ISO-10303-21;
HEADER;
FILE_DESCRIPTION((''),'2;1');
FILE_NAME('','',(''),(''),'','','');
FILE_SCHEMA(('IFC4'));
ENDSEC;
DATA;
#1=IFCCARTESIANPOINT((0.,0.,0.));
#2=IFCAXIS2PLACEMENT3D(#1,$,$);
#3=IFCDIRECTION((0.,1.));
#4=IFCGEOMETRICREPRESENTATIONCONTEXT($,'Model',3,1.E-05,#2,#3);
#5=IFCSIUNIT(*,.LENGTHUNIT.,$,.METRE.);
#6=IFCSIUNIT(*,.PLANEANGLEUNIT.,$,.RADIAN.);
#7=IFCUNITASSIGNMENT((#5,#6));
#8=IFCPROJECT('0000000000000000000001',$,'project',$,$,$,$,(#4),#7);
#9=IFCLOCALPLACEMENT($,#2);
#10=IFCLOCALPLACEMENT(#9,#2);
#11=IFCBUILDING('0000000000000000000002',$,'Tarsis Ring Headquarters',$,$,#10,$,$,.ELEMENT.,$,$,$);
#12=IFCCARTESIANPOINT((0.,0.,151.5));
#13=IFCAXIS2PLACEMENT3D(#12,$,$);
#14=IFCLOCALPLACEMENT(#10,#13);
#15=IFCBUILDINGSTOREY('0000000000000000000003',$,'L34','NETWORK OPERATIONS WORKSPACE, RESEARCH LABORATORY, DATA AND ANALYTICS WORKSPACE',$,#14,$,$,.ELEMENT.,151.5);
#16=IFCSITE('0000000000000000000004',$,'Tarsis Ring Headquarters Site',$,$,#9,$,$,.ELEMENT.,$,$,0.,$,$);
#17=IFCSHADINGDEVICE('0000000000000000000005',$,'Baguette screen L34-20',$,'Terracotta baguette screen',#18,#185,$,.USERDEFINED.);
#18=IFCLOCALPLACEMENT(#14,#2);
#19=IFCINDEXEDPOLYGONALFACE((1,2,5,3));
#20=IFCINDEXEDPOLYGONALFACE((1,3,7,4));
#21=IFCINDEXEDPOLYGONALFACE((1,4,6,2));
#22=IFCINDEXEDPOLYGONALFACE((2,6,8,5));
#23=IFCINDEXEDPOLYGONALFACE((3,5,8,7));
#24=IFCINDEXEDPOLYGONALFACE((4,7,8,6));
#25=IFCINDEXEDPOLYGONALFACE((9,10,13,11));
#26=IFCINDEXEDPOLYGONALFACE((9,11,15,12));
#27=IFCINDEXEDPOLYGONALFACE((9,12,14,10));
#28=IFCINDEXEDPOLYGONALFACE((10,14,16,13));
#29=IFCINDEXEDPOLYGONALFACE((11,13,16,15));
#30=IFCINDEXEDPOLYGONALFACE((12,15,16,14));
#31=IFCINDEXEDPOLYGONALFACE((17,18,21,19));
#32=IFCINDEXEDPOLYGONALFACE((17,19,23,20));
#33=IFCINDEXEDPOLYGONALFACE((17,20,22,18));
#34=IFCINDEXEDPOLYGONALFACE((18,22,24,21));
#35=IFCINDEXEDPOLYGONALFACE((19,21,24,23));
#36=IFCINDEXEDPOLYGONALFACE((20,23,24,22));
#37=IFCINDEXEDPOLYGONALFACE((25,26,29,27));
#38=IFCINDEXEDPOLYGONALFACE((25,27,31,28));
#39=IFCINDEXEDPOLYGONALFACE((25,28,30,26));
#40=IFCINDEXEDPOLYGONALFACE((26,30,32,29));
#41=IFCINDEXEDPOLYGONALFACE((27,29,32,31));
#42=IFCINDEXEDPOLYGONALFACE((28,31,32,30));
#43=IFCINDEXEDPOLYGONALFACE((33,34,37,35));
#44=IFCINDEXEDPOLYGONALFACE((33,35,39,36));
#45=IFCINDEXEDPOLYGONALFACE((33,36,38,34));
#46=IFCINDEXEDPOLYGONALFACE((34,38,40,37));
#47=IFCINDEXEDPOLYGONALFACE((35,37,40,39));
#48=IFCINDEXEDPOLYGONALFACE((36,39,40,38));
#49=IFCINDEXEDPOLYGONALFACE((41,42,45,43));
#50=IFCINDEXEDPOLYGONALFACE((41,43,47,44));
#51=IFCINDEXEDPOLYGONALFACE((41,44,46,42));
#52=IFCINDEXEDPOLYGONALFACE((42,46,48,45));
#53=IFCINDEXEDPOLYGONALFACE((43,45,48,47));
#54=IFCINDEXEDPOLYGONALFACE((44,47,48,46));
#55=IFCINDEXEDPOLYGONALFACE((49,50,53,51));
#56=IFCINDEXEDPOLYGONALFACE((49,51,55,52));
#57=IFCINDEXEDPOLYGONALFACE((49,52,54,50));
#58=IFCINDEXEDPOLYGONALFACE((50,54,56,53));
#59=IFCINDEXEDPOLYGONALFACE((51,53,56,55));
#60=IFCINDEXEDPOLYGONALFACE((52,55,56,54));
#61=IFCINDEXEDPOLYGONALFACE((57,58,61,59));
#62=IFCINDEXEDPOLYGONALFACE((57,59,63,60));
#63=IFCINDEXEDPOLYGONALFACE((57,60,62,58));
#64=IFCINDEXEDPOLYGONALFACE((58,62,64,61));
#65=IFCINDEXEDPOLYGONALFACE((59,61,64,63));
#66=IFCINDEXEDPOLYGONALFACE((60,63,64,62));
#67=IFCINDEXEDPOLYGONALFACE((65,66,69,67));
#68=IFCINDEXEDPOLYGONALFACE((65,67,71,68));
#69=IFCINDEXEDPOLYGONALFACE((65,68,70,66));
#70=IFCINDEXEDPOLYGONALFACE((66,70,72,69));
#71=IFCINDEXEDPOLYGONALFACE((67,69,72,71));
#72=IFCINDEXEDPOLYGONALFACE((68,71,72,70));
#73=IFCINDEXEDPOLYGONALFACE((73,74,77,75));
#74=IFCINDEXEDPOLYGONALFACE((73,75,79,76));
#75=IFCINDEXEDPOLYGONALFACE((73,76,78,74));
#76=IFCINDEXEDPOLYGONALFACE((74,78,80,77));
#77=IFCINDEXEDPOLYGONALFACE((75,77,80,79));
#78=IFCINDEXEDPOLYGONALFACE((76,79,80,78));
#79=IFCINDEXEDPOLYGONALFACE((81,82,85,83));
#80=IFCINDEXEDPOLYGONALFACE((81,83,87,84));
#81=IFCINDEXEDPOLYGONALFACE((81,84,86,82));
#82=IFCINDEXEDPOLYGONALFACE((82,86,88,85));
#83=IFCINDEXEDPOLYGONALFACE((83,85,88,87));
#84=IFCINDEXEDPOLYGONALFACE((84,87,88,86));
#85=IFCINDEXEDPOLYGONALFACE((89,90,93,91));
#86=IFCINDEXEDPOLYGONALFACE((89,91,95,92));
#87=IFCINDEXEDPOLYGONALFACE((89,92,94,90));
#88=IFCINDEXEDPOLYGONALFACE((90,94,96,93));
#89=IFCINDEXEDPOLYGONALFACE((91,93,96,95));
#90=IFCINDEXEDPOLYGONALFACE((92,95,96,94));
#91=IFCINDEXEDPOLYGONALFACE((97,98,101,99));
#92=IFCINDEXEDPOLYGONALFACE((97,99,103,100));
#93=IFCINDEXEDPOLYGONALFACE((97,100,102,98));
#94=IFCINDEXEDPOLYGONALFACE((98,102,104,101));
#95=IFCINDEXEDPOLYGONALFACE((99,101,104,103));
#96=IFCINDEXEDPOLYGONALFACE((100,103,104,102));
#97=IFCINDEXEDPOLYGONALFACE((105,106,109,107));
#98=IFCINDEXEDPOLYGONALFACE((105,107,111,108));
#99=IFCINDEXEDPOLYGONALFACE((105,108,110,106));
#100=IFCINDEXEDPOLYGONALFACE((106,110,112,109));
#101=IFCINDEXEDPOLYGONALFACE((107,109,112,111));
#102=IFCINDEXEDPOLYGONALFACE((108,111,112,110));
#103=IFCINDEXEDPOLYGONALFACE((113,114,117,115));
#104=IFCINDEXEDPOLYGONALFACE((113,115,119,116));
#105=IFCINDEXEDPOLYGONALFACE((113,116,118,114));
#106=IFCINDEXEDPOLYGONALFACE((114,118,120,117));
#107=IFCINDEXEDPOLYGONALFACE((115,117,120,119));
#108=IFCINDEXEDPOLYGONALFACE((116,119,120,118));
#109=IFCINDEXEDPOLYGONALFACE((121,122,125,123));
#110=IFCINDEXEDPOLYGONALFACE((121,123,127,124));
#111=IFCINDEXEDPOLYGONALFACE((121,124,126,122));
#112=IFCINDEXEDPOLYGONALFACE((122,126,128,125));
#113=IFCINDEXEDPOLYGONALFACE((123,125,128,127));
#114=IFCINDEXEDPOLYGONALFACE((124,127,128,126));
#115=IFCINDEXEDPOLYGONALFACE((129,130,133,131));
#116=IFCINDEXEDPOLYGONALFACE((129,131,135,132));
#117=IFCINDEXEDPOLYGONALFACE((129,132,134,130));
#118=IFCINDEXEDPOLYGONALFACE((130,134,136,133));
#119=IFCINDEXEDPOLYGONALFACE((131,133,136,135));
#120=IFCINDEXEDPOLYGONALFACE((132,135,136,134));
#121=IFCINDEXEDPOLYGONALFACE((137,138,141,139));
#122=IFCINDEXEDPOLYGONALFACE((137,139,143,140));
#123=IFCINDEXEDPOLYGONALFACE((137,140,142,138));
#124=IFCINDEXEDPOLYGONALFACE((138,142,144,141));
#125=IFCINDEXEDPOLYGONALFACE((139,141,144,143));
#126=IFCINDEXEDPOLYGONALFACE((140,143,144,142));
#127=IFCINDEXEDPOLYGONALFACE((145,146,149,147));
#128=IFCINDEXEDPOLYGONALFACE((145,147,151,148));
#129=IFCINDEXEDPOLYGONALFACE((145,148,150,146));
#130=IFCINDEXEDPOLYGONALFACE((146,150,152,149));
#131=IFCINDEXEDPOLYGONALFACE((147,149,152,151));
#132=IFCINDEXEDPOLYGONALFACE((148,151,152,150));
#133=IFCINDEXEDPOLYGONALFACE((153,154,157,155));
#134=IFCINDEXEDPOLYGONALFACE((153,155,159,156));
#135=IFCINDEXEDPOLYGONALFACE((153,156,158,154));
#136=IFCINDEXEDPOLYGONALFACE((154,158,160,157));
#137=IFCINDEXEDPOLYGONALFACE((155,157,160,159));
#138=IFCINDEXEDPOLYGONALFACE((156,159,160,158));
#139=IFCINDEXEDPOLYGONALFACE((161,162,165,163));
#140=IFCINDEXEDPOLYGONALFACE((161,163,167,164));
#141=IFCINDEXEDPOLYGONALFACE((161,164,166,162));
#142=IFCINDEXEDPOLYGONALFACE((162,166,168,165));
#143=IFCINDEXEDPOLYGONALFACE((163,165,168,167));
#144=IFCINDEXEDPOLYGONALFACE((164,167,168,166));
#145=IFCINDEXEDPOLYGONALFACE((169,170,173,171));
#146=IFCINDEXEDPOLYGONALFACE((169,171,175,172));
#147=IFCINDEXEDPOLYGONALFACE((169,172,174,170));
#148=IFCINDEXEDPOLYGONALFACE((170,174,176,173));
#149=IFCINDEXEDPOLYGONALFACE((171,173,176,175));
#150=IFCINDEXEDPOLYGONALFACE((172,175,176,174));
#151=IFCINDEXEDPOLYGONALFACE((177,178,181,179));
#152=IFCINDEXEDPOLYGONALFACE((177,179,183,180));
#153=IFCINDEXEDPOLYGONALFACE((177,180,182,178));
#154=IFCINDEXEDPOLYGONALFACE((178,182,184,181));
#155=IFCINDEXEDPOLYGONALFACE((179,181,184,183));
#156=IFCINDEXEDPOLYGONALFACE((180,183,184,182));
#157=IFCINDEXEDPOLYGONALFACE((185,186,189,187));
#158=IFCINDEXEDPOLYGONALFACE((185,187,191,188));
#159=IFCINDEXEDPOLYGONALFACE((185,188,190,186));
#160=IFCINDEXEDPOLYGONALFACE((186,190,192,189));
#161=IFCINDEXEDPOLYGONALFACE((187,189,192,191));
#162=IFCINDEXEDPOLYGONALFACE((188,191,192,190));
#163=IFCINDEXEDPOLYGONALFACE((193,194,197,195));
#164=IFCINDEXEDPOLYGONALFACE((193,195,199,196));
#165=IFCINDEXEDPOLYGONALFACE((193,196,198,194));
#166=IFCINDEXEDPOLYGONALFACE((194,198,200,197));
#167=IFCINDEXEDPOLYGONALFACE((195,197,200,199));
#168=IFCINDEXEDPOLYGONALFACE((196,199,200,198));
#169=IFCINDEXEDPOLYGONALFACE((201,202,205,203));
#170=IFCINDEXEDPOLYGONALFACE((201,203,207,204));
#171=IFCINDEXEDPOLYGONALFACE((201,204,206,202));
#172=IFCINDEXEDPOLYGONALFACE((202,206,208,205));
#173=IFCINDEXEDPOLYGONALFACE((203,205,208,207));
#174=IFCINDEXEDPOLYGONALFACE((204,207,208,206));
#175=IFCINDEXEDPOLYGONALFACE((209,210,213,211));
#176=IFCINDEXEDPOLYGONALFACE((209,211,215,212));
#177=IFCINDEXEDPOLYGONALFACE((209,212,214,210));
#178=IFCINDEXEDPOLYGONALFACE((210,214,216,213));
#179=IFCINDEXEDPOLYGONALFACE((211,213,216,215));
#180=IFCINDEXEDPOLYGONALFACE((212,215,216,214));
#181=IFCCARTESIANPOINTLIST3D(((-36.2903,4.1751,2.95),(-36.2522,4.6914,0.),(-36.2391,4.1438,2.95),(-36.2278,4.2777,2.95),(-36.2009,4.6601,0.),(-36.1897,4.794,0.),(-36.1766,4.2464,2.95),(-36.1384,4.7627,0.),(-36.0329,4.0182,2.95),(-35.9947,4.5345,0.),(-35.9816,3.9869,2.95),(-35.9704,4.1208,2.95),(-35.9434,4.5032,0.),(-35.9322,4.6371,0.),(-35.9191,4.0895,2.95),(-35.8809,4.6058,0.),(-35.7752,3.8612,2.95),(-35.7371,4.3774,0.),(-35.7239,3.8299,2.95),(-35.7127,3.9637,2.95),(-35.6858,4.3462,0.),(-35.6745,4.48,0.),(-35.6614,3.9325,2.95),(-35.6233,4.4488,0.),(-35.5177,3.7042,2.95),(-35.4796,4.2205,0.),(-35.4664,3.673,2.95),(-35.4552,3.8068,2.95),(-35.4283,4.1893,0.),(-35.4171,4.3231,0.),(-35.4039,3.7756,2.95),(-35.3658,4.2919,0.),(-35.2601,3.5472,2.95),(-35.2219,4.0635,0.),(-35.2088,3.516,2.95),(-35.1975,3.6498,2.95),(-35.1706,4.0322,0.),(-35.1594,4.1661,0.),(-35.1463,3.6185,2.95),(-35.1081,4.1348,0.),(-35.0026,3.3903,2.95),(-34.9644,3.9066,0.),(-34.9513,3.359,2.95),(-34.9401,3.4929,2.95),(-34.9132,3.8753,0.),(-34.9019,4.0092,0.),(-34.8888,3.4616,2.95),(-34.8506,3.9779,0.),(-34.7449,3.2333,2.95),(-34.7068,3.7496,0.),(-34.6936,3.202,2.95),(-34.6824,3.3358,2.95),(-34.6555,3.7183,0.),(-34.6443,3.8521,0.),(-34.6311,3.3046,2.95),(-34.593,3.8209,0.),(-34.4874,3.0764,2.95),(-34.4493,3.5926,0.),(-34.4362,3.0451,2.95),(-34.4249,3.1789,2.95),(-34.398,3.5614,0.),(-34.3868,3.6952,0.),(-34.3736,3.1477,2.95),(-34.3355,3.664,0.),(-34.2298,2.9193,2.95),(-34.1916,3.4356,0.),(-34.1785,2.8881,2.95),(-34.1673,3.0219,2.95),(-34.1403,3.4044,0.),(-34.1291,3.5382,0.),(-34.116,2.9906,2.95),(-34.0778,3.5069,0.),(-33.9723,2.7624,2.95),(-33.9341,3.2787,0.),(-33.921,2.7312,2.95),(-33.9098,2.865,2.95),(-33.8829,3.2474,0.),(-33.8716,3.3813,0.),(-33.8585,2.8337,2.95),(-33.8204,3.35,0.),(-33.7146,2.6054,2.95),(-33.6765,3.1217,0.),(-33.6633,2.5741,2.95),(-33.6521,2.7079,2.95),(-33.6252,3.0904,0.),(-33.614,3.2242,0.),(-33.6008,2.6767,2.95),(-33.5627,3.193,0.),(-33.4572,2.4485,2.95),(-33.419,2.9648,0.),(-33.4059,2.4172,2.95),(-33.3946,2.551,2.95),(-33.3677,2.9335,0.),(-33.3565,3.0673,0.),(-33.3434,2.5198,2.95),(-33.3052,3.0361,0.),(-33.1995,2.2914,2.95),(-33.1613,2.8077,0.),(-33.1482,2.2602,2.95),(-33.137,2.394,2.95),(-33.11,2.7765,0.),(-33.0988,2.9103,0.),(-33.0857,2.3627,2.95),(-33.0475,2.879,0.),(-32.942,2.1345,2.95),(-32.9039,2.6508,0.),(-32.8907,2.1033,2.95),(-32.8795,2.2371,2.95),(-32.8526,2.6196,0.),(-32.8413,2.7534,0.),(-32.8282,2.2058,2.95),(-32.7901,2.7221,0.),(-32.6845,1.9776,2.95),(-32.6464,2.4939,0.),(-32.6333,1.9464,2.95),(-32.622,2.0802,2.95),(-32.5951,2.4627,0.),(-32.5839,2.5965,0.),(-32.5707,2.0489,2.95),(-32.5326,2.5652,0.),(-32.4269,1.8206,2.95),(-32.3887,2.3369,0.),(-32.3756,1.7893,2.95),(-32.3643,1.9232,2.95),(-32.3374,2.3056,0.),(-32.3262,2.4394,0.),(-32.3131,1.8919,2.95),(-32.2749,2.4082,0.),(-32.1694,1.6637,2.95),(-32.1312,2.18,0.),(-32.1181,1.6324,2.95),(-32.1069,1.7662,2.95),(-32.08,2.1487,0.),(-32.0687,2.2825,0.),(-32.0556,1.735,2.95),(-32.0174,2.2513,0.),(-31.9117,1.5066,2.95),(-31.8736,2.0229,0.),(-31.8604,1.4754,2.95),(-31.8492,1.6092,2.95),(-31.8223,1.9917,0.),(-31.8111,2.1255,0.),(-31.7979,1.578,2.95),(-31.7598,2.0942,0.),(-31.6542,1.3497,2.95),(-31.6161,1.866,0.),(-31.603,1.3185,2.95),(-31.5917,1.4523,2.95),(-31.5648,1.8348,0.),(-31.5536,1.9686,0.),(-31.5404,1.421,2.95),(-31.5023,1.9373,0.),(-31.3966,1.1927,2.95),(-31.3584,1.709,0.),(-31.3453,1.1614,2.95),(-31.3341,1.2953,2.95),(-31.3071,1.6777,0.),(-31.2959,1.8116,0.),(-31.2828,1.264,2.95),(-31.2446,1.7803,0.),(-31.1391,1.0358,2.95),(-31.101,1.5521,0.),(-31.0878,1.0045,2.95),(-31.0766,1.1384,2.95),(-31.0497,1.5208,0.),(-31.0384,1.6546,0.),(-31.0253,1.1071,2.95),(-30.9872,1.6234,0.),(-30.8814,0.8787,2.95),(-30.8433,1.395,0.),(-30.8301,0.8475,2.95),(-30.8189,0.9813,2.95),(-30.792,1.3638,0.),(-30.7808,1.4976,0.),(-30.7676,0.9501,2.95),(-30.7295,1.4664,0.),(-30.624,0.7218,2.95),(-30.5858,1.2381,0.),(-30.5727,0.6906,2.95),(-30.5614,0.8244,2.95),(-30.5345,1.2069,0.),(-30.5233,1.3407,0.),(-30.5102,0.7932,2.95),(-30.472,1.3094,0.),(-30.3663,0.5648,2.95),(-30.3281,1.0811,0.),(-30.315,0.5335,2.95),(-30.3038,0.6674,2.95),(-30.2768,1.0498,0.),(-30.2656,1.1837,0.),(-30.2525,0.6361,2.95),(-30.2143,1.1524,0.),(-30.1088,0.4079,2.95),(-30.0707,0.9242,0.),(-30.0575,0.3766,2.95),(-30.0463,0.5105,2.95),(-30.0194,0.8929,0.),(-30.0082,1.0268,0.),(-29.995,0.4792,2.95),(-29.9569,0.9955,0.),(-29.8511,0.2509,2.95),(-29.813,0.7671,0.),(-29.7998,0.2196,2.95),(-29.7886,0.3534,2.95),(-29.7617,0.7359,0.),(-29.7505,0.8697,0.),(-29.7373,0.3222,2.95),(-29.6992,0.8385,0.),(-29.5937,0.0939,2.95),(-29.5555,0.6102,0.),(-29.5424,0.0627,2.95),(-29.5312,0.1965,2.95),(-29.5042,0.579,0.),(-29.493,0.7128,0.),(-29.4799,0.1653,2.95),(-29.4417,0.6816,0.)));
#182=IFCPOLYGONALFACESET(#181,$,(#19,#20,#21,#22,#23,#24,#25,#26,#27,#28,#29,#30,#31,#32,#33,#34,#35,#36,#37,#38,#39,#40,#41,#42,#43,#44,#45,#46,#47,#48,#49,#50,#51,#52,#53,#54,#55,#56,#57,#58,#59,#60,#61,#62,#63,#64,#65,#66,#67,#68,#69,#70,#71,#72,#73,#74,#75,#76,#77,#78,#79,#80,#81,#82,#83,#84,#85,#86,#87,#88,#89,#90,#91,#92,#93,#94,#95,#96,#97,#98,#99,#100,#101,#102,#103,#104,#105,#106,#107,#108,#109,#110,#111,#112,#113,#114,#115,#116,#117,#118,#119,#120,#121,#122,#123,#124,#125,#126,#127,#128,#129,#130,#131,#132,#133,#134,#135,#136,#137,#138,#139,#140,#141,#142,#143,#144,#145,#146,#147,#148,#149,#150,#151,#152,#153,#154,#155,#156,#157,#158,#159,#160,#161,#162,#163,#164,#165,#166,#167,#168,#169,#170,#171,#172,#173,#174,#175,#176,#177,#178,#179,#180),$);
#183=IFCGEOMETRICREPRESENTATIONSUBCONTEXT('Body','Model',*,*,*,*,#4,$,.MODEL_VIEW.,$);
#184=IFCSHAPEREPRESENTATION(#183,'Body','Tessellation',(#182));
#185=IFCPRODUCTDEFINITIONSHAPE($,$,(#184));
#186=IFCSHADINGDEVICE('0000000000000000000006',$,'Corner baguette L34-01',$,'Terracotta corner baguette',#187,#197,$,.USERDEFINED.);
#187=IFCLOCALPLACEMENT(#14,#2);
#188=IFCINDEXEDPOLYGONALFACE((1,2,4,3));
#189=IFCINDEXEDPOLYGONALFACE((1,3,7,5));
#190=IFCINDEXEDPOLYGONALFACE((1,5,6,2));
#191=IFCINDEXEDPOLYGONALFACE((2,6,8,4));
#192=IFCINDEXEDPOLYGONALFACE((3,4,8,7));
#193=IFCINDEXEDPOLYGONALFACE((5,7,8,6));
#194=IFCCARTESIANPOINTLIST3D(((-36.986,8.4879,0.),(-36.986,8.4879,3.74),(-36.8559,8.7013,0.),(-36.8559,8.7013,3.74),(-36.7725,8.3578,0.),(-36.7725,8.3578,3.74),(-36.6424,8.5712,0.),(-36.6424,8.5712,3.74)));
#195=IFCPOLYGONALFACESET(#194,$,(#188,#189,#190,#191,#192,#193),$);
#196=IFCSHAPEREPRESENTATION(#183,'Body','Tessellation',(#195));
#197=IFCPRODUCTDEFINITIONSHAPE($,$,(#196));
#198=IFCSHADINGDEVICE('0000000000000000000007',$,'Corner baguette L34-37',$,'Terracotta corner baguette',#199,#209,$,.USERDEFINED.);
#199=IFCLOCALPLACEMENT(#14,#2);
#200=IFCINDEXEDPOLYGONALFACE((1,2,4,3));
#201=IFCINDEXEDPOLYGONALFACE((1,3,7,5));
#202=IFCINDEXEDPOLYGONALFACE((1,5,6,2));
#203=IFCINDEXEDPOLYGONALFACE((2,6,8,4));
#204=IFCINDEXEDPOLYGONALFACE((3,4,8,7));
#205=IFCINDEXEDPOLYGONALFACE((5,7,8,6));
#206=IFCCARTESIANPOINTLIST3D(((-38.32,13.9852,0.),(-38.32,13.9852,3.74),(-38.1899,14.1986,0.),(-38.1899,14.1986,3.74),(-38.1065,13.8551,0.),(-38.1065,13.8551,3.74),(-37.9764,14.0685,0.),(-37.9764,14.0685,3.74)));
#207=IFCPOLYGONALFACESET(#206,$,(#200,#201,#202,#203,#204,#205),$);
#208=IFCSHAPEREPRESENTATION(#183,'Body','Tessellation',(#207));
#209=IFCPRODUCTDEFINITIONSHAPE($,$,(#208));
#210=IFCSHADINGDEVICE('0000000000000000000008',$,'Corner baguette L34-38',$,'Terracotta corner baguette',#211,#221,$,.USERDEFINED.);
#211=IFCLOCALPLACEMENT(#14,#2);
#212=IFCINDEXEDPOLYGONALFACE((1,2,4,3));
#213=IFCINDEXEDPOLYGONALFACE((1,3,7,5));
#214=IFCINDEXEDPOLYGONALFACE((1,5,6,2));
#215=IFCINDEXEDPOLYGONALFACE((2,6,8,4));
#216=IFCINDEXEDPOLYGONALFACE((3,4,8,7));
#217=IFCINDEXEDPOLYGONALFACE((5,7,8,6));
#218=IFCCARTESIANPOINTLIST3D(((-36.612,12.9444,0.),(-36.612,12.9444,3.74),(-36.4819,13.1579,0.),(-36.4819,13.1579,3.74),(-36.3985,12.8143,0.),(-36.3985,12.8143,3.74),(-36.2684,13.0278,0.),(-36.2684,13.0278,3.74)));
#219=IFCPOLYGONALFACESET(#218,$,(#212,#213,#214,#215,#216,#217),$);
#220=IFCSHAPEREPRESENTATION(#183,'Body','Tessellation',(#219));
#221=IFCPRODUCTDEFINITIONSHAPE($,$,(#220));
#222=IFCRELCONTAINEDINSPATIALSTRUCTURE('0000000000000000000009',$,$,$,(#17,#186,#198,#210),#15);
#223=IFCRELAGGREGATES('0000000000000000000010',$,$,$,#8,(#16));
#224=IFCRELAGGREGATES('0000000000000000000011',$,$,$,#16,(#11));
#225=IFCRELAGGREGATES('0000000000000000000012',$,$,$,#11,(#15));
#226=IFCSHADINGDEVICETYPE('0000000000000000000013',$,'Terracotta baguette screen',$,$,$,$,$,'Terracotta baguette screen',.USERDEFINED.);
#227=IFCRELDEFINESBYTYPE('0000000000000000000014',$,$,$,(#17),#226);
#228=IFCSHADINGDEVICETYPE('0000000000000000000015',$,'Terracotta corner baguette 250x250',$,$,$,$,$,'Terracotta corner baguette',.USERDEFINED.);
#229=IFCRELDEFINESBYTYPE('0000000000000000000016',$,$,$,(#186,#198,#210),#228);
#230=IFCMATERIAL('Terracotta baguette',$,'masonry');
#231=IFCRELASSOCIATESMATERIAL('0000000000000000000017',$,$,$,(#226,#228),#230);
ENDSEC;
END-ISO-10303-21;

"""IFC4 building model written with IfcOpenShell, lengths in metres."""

from ifc_helpers import new_model, si_unit, direction, frame, frame_2d, origin, origin_2d, place, context, subcontext, project, spatial, rectangle, composite_profile, extrude, material, type_object, element, save


model = new_model("IFC4")

# Units and contexts
model_context = context("Model", 3, precision=1e-05, world=origin(), true_north=direction((0.0, 1.0)))
body_context = subcontext(model_context, "Body", "Model", "MODEL_VIEW")
ifc_project = project(units=[si_unit("LENGTHUNIT", "METRE"), si_unit("PLANEANGLEUNIT", "RADIAN")], contexts=[model_context])

# Site, building, storey
site_placement = place(None, origin())
site = spatial("IfcSite", under=ifc_project, at=site_placement, Name="Tarsis Ring Headquarters Site", CompositionType="ELEMENT", RefElevation=0.0)
building_placement = place(site_placement, origin())
building = spatial("IfcBuilding", under=site, at=building_placement, Name="Tarsis Ring Headquarters", CompositionType="ELEMENT")
storey_placement = place(building_placement, frame((0.0, 0.0, 151.5)))
storey = spatial("IfcBuildingStorey", under=building, at=storey_placement, Name="L34", Description="NETWORK OPERATIONS WORKSPACE, RESEARCH LABORATORY, DATA AND ANALYTICS WORKSPACE", CompositionType="ELEMENT", Elevation=151.5)

# Shading devices
ifc_material_1 = material(Name="Terracotta baguette", Category="masonry")
shading_device_type_1 = type_object("IfcShadingDeviceType", Name="Terracotta baguette screen", ElementType="Terracotta baguette screen", PredefinedType="USERDEFINED", material=ifc_material_1)
shading_device_1_placement = place(storey_placement, frame((-36.2209, 4.7427, 0.0), z_axis=(0.0, 0.0, 1.0), x_axis=(0.853925, -0.520407, 0.0)))
element("IfcShadingDevice", 1, at=shading_device_1_placement, inside=storey, type_object=shading_device_type_1, Name="Baguette screen L34-20", ObjectType="Terracotta baguette screen", PredefinedType="USERDEFINED", context=body_context, shape_type="SweptSolid", body=[
    extrude(composite_profile([rectangle(XDim=0.0601, YDim=0.1201, at=frame_2d((0.03, 0.0))), rectangle(XDim=0.0601, YDim=0.1201, at=frame_2d((0.3315, 0.0))), rectangle(XDim=0.0601, YDim=0.1201, at=frame_2d((0.6333, 0.0))), rectangle(XDim=0.0601, YDim=0.1201, at=frame_2d((0.9348, 0.0))), rectangle(XDim=0.0601, YDim=0.1201, at=frame_2d((1.2366, 0.0))), rectangle(XDim=0.0601, YDim=0.1201, at=frame_2d((1.5381, 0.0))), rectangle(XDim=0.0601, YDim=0.1201, at=frame_2d((1.8398, 0.0))), rectangle(XDim=0.0601, YDim=0.1201, at=frame_2d((2.1414, 0.0))), rectangle(XDim=0.0601, YDim=0.1201, at=frame_2d((2.4431, 0.0))), rectangle(XDim=0.0601, YDim=0.1201, at=frame_2d((2.7446, 0.0))), rectangle(XDim=0.0601, YDim=0.1201, at=frame_2d((3.0464, 0.0))), rectangle(XDim=0.0601, YDim=0.1201, at=frame_2d((3.3479, 0.0))), rectangle(XDim=0.0601, YDim=0.1201, at=frame_2d((3.6497, 0.0))), rectangle(XDim=0.0601, YDim=0.1201, at=frame_2d((3.9512, 0.0))), rectangle(XDim=0.0601, YDim=0.1201, at=frame_2d((4.2527, 0.0))), rectangle(XDim=0.0601, YDim=0.1201, at=frame_2d((4.5544, 0.0))), rectangle(XDim=0.0601, YDim=0.1201, at=frame_2d((4.856, 0.0))), rectangle(XDim=0.0601, YDim=0.1201, at=frame_2d((5.1577, 0.0))), rectangle(XDim=0.0601, YDim=0.1201, at=frame_2d((5.4592, 0.0))), rectangle(XDim=0.0601, YDim=0.1201, at=frame_2d((5.761, 0.0))), rectangle(XDim=0.0601, YDim=0.1201, at=frame_2d((6.0625, 0.0))), rectangle(XDim=0.0601, YDim=0.1201, at=frame_2d((6.3643, 0.0))), rectangle(XDim=0.0601, YDim=0.1201, at=frame_2d((6.6658, 0.0))), rectangle(XDim=0.0601, YDim=0.1201, at=frame_2d((6.9675, 0.0))), rectangle(XDim=0.0601, YDim=0.1201, at=frame_2d((7.269, 0.0))), rectangle(XDim=0.0601, YDim=0.1201, at=frame_2d((7.5708, 0.0))), rectangle(XDim=0.0601, YDim=0.1201, at=frame_2d((7.8723, 0.0)))]), origin(), (0.07883, -0.153824, 0.984949), 2.9951),
])
shading_device_type_2 = type_object("IfcShadingDeviceType", Name="Terracotta corner baguette 250x250", ElementType="Terracotta corner baguette", PredefinedType="USERDEFINED", material=ifc_material_1)
for number, where, z_axis, x_axis, name in (
    (2, (-36.8142, 8.5295, 0.0), (0.0, 0.0, 1.0), (-0.520414, -0.853914, 0.0), "Corner baguette L34-01"),
    (3, (-38.1482, 14.0269, 0.0), (0.0, 0.0, 1.0), (-0.520414, -0.853914, 0.0), "Corner baguette L34-37"),
    (4, (-36.4402, 12.9861, 0.0), (0.0, 0.0, 1.0), (0.853914, -0.520413, 0.0), "Corner baguette L34-38"),
):
    element("IfcShadingDevice", number, at=place(storey_placement, frame(where, z_axis=z_axis, x_axis=x_axis)), inside=storey, type_object=shading_device_type_2, Name=name, ObjectType="Terracotta corner baguette", PredefinedType="USERDEFINED", context=body_context, shape_type="SweptSolid", body=[
        extrude(rectangle(XDim=0.25, YDim=0.25, at=origin_2d()), origin(), (0.0, 0.0, 1.0), 3.74),
    ])

save(model, "model.ifc")
